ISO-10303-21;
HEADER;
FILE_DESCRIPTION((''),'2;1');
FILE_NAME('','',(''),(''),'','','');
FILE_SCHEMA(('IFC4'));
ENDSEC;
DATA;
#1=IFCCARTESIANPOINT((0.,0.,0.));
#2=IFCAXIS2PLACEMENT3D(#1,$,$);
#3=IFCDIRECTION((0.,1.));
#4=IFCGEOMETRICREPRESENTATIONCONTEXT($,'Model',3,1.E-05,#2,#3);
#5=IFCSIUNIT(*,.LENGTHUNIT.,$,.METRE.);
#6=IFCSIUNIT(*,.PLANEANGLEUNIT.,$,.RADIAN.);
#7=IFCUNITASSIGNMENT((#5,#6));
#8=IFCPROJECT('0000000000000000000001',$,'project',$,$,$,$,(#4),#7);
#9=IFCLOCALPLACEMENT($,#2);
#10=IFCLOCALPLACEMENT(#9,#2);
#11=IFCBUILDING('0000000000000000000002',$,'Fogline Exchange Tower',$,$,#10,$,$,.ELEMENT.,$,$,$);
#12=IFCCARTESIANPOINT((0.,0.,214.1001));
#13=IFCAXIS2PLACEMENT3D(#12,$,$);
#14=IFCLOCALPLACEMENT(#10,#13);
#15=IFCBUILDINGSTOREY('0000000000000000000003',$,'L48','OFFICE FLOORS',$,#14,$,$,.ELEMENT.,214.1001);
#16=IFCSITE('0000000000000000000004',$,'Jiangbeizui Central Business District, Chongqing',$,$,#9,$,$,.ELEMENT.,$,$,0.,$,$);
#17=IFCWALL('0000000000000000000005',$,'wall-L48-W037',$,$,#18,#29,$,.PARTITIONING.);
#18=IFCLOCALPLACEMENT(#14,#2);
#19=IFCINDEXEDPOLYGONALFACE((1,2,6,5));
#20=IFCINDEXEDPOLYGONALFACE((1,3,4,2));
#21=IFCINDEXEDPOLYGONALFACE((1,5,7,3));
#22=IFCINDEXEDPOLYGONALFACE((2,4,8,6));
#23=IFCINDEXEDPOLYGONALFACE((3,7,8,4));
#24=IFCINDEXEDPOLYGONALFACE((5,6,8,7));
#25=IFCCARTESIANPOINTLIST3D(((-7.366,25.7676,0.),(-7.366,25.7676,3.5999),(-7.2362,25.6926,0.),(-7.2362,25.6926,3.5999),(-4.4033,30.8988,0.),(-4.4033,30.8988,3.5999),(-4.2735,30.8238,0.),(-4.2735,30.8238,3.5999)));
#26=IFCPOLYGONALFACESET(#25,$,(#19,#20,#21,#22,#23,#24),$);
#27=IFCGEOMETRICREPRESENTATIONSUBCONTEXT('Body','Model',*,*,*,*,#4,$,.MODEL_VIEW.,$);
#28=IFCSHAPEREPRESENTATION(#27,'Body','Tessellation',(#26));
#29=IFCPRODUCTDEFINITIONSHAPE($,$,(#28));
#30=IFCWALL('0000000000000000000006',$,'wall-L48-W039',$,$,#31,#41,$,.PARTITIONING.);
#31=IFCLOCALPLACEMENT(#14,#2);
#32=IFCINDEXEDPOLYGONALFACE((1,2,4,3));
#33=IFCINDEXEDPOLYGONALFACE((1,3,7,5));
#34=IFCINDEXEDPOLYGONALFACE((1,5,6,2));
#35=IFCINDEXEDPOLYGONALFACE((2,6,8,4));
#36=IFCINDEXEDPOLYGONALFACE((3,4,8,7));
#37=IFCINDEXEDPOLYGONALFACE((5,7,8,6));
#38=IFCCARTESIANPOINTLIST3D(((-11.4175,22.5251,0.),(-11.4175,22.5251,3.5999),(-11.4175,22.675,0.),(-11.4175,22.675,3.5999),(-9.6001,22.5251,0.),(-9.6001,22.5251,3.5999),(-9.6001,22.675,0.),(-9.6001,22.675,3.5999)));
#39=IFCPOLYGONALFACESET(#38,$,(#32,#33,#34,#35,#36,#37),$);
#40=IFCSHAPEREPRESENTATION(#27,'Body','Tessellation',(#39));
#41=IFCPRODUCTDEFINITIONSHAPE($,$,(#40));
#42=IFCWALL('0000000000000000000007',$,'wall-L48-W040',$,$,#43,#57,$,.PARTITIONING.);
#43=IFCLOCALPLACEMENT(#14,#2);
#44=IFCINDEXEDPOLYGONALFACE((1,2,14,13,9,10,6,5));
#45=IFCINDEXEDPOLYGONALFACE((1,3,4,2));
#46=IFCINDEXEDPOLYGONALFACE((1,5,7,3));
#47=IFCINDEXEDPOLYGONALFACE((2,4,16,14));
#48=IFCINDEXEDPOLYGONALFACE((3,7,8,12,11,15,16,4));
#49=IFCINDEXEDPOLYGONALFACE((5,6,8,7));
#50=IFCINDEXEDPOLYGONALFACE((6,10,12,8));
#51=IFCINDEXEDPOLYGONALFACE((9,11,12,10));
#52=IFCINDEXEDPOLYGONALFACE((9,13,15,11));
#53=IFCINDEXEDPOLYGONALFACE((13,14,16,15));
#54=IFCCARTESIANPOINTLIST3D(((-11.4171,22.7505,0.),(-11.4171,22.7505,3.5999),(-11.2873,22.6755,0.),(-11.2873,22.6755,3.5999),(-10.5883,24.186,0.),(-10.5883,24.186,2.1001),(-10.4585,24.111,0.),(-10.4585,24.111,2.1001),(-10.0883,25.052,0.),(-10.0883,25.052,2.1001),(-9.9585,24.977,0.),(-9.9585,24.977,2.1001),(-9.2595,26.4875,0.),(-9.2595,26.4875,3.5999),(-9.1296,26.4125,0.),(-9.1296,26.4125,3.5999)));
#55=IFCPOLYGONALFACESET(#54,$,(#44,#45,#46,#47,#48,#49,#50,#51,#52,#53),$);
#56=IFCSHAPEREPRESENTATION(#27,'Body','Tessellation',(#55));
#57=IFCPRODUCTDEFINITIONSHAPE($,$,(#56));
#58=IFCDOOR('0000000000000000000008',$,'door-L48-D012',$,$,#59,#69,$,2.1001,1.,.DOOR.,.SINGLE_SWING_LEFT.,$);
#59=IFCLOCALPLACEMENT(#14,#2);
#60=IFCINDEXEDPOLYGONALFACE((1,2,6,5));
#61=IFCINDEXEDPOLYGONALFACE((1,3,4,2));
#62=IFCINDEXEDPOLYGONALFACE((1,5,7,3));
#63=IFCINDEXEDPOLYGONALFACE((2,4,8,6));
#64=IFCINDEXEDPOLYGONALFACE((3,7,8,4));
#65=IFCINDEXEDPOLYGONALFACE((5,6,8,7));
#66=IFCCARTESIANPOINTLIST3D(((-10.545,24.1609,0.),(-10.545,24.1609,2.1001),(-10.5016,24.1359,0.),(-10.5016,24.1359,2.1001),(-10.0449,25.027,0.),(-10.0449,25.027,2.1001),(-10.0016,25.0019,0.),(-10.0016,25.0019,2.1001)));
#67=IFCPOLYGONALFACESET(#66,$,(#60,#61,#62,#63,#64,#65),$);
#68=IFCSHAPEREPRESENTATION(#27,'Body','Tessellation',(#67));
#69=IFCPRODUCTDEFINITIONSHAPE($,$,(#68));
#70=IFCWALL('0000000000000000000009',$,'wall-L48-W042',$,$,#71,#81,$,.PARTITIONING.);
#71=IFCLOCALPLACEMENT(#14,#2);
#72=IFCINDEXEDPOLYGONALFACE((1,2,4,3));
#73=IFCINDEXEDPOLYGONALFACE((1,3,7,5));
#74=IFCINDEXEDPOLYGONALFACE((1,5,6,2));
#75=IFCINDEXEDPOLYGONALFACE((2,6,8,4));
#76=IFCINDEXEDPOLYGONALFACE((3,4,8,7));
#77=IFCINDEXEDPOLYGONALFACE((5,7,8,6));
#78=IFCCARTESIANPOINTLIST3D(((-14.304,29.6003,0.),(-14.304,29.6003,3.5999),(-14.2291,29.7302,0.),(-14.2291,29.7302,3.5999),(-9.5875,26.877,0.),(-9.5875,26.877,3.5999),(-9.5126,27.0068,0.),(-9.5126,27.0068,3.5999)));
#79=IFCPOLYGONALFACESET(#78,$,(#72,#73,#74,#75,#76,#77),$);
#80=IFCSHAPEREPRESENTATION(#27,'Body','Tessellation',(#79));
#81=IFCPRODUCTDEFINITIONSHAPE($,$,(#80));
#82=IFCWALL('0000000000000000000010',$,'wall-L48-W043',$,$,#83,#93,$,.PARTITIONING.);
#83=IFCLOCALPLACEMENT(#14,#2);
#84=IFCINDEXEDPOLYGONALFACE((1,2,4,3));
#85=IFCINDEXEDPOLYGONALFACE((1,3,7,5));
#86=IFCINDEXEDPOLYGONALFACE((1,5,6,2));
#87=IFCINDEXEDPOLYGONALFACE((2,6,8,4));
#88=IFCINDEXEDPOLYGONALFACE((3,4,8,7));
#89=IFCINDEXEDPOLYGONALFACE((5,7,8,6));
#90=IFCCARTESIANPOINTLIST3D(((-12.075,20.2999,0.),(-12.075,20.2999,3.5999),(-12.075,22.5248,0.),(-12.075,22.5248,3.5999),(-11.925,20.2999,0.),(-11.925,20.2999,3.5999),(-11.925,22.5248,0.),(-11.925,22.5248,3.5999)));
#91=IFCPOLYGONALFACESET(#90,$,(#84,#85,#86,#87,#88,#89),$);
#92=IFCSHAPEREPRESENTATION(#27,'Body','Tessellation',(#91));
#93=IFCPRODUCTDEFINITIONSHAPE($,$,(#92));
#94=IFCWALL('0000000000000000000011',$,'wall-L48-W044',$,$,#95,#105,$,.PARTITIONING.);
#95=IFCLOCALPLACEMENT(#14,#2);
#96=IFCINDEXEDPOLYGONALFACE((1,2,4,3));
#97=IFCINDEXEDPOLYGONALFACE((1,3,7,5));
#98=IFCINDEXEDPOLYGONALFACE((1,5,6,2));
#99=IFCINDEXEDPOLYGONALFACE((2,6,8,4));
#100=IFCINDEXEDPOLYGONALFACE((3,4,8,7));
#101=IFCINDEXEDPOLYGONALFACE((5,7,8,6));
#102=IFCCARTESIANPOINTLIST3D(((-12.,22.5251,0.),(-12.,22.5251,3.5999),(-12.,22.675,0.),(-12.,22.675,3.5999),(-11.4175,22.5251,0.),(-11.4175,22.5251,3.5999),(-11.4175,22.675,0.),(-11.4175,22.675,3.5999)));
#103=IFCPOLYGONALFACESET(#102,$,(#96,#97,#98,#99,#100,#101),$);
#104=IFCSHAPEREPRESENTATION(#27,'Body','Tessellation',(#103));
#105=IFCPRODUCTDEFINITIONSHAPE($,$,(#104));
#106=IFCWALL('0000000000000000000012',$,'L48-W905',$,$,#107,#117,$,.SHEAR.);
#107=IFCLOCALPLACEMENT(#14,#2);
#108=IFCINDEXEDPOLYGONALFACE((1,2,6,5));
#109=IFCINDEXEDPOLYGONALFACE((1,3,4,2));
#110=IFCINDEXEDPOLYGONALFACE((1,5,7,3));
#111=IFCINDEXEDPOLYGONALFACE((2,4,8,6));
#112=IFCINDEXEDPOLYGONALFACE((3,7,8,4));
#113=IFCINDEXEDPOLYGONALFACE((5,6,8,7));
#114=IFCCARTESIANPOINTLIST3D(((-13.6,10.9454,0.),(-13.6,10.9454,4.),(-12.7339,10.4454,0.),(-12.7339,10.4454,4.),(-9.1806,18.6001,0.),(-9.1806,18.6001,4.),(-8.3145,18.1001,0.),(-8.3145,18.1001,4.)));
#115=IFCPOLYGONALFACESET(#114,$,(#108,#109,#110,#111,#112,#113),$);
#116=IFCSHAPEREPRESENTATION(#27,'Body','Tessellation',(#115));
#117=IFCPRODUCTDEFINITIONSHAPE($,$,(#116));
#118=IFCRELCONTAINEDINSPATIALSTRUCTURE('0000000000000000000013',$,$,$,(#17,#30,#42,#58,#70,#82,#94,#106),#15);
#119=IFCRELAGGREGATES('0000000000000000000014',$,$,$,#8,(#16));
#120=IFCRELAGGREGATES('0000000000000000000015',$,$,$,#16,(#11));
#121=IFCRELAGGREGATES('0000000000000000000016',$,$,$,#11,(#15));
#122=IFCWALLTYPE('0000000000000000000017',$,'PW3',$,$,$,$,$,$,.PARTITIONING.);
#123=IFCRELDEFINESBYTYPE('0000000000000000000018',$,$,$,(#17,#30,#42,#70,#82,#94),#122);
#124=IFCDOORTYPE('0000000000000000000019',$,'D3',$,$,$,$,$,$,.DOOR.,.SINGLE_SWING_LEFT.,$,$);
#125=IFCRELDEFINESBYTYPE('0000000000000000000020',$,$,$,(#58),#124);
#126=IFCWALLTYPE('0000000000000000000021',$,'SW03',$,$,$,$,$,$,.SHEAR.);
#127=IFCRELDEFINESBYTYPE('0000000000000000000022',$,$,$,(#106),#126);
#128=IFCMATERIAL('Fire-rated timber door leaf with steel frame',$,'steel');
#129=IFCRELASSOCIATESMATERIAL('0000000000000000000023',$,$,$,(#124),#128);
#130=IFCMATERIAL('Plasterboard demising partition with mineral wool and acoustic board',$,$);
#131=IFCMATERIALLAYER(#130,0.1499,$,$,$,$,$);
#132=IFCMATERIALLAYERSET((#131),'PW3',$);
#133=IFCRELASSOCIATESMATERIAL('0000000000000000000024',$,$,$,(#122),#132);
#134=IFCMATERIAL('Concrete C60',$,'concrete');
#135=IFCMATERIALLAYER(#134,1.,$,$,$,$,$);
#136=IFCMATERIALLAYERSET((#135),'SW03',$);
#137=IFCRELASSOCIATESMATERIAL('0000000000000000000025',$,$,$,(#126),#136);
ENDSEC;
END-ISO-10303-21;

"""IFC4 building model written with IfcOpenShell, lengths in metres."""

from ifc_helpers import new_model, si_unit, direction, frame, frame_2d, origin, place, context, subcontext, project, spatial, rectangle, extrude, material, layer, layer_set, type_object, element, fill, save


model = new_model("IFC4")

# Units and contexts
model_context = context("Model", 3, precision=1e-05, world=origin(), true_north=direction((0.0, 1.0)))
body_context = subcontext(model_context, "Body", "Model", "MODEL_VIEW")
ifc_project = project(units=[si_unit("LENGTHUNIT", "METRE"), si_unit("PLANEANGLEUNIT", "RADIAN")], contexts=[model_context])

# Site, building, storey
site_placement = place(None, origin())
site = spatial("IfcSite", under=ifc_project, at=site_placement, Name="Jiangbeizui Central Business District, Chongqing", CompositionType="ELEMENT", RefElevation=0.0)
building_placement = place(site_placement, origin())
building = spatial("IfcBuilding", under=site, at=building_placement, Name="Fogline Exchange Tower", CompositionType="ELEMENT")
storey_placement = place(building_placement, frame((0.0, 0.0, 214.1001)))
storey = spatial("IfcBuildingStorey", under=building, at=storey_placement, Name="L48", Description="OFFICE FLOORS", CompositionType="ELEMENT", Elevation=214.1001)

# Shared definitions
ifc_material_1 = material(Name="Concrete C60", Category="concrete")

# Shared definitions
ifc_material_2 = material(Name="Fire-rated timber door leaf with steel frame", Category="steel")
door_type_1 = type_object("IfcDoorType", Name="D3", OperationType="SINGLE_SWING_LEFT", PredefinedType="DOOR", material=ifc_material_2)

# Walls
ifc_material_3 = material(Name="Plasterboard demising partition with mineral wool and acoustic board")
ifc_layer_1 = layer(ifc_material_3, 0.1499)
ifc_layer_set_1 = layer_set([ifc_layer_1], Name="PW3")
wall_type_1 = type_object("IfcWallType", Name="PW3", PredefinedType="PARTITIONING", material=ifc_layer_set_1)
wall_1_placement = place(storey_placement, frame((-7.301, 25.7302, 0.0), z_axis=(0.0, 0.0, 1.0), x_axis=(0.500026, 0.866011, 0.0)))
element("IfcWall", 1, at=wall_1_placement, inside=storey, type_object=wall_type_1, Name="wall-L48-W037", PredefinedType="PARTITIONING", context=body_context, shape_type="SweptSolid", body=[
    extrude(rectangle(XDim=5.925, YDim=0.1499, at=frame_2d((2.9624, 0.0))), origin(), (0.0, 0.0, 1.0), 3.5999),
])
wall_2_placement = place(storey_placement, frame((-9.6001, 22.6001, 0.0), z_axis=(0.0, 0.0, 1.0), x_axis=(-1.0, 0.0, 0.0)))
element("IfcWall", 2, at=wall_2_placement, inside=storey, type_object=wall_type_1, Name="wall-L48-W039", PredefinedType="PARTITIONING", context=body_context, shape_type="SweptSolid", body=[
    extrude(rectangle(XDim=1.8174, YDim=0.1499, at=frame_2d((0.9087, 0.0))), origin(), (0.0, 0.0, 1.0), 3.5999),
])

# Wall, opening, door
wall_3_placement = place(storey_placement, frame((-11.3523, 22.7129, 0.0), z_axis=(0.0, 0.0, 1.0), x_axis=(0.500021, 0.866013, 0.0)))
wall_3 = element("IfcWall", 3, at=wall_3_placement, inside=storey, type_object=wall_type_1, Name="wall-L48-W040", PredefinedType="PARTITIONING", context=body_context, shape_type="SweptSolid", body=[
    extrude(rectangle(XDim=4.3152, YDim=0.1499, at=frame_2d((2.1577, 0.0))), origin(), (0.0, 0.0, 1.0), 3.5999),
])
opening_1_placement = place(wall_3_placement, frame((1.6577, 0.0, 0.0)))
opening_1 = element("IfcOpeningElement", 4, at=opening_1_placement, cuts=wall_3, PredefinedType="OPENING", context=body_context, shape_type="SweptSolid", body=[
    extrude(rectangle(XDim=1.0, YDim=2.1001, at=frame_2d((0.5, 1.05))), frame((0.0, 0.085, 0.0), z_axis=(0.0, -1.0, 0.0), x_axis=(1.0, 0.0, 0.0)), (0.0, 0.0, 1.0), 0.1699),
])
door_1_placement = place(opening_1_placement, origin())
door_1 = element("IfcDoor", 5, at=door_1_placement, inside=storey, type_object=door_type_1, Name="door-L48-D012", OperationType="SINGLE_SWING_LEFT", OverallHeight=2.1001, OverallWidth=1.0, PredefinedType="DOOR", context=body_context, shape_type="SweptSolid", body=[
    extrude(rectangle(XDim=1.0, YDim=2.1001, at=frame_2d((0.5, 1.05))), frame((0.0, 0.0249, 0.0), z_axis=(0.0, -1.0, 0.0), x_axis=(1.0, 0.0, 0.0)), (0.0, 0.0, 1.0), 0.05),
])
fill(opening_1, door_1)

# Walls
wall_4_placement = place(storey_placement, frame((-9.55, 26.9419, 0.0), z_axis=(0.0, 0.0, 1.0), x_axis=(-0.866003, 0.500039, 0.0)))
element("IfcWall", 6, at=wall_4_placement, inside=storey, type_object=wall_type_1, Name="wall-L48-W042", PredefinedType="PARTITIONING", context=body_context, shape_type="SweptSolid", body=[
    extrude(rectangle(XDim=5.4463, YDim=0.1499, at=frame_2d((2.7231, 0.0))), origin(), (0.0, 0.0, 1.0), 3.5999),
])
wall_5_placement = place(storey_placement, frame((-12.0, 20.3, 0.0), z_axis=(0.0, 0.0, 1.0), x_axis=(0.0, 1.0, 0.0)))
element("IfcWall", 7, at=wall_5_placement, inside=storey, type_object=wall_type_1, Name="wall-L48-W043", PredefinedType="PARTITIONING", context=body_context, shape_type="SweptSolid", body=[
    extrude(rectangle(XDim=2.2249, YDim=0.1499, at=frame_2d((1.1123, 0.0))), origin(), (0.0, 0.0, 1.0), 3.5999),
])
wall_6_placement = place(storey_placement, frame((-12.0, 22.6001, 0.0), z_axis=(0.0, 0.0, 1.0), x_axis=(1.0, 0.0, 0.0)))
element("IfcWall", 8, at=wall_6_placement, inside=storey, type_object=wall_type_1, Name="wall-L48-W044", PredefinedType="PARTITIONING", context=body_context, shape_type="SweptSolid", body=[
    extrude(rectangle(XDim=0.5825, YDim=0.1499, at=frame_2d((0.2913, 0.0))), origin(), (0.0, 0.0, 1.0), 3.5999),
])
ifc_layer_2 = layer(ifc_material_1, 1.0)
ifc_layer_set_2 = layer_set([ifc_layer_2], Name="SW03")
wall_type_2 = type_object("IfcWallType", Name="SW03", PredefinedType="SHEAR", material=ifc_layer_set_2)
wall_7_placement = place(storey_placement, frame((-8.7476, 18.3501, 0.0), z_axis=(0.0, 0.0, 1.0), x_axis=(-0.499995, -0.866028, 0.0)))
element("IfcWall", 9, at=wall_7_placement, inside=storey, type_object=wall_type_2, Name="L48-W905", PredefinedType="SHEAR", context=body_context, shape_type="SweptSolid", body=[
    extrude(rectangle(XDim=8.8389, YDim=1.0, at=frame_2d((4.4194, 0.0))), origin(), (0.0, 0.0, 1.0), 4.0),
])

save(model, "model.ifc")
